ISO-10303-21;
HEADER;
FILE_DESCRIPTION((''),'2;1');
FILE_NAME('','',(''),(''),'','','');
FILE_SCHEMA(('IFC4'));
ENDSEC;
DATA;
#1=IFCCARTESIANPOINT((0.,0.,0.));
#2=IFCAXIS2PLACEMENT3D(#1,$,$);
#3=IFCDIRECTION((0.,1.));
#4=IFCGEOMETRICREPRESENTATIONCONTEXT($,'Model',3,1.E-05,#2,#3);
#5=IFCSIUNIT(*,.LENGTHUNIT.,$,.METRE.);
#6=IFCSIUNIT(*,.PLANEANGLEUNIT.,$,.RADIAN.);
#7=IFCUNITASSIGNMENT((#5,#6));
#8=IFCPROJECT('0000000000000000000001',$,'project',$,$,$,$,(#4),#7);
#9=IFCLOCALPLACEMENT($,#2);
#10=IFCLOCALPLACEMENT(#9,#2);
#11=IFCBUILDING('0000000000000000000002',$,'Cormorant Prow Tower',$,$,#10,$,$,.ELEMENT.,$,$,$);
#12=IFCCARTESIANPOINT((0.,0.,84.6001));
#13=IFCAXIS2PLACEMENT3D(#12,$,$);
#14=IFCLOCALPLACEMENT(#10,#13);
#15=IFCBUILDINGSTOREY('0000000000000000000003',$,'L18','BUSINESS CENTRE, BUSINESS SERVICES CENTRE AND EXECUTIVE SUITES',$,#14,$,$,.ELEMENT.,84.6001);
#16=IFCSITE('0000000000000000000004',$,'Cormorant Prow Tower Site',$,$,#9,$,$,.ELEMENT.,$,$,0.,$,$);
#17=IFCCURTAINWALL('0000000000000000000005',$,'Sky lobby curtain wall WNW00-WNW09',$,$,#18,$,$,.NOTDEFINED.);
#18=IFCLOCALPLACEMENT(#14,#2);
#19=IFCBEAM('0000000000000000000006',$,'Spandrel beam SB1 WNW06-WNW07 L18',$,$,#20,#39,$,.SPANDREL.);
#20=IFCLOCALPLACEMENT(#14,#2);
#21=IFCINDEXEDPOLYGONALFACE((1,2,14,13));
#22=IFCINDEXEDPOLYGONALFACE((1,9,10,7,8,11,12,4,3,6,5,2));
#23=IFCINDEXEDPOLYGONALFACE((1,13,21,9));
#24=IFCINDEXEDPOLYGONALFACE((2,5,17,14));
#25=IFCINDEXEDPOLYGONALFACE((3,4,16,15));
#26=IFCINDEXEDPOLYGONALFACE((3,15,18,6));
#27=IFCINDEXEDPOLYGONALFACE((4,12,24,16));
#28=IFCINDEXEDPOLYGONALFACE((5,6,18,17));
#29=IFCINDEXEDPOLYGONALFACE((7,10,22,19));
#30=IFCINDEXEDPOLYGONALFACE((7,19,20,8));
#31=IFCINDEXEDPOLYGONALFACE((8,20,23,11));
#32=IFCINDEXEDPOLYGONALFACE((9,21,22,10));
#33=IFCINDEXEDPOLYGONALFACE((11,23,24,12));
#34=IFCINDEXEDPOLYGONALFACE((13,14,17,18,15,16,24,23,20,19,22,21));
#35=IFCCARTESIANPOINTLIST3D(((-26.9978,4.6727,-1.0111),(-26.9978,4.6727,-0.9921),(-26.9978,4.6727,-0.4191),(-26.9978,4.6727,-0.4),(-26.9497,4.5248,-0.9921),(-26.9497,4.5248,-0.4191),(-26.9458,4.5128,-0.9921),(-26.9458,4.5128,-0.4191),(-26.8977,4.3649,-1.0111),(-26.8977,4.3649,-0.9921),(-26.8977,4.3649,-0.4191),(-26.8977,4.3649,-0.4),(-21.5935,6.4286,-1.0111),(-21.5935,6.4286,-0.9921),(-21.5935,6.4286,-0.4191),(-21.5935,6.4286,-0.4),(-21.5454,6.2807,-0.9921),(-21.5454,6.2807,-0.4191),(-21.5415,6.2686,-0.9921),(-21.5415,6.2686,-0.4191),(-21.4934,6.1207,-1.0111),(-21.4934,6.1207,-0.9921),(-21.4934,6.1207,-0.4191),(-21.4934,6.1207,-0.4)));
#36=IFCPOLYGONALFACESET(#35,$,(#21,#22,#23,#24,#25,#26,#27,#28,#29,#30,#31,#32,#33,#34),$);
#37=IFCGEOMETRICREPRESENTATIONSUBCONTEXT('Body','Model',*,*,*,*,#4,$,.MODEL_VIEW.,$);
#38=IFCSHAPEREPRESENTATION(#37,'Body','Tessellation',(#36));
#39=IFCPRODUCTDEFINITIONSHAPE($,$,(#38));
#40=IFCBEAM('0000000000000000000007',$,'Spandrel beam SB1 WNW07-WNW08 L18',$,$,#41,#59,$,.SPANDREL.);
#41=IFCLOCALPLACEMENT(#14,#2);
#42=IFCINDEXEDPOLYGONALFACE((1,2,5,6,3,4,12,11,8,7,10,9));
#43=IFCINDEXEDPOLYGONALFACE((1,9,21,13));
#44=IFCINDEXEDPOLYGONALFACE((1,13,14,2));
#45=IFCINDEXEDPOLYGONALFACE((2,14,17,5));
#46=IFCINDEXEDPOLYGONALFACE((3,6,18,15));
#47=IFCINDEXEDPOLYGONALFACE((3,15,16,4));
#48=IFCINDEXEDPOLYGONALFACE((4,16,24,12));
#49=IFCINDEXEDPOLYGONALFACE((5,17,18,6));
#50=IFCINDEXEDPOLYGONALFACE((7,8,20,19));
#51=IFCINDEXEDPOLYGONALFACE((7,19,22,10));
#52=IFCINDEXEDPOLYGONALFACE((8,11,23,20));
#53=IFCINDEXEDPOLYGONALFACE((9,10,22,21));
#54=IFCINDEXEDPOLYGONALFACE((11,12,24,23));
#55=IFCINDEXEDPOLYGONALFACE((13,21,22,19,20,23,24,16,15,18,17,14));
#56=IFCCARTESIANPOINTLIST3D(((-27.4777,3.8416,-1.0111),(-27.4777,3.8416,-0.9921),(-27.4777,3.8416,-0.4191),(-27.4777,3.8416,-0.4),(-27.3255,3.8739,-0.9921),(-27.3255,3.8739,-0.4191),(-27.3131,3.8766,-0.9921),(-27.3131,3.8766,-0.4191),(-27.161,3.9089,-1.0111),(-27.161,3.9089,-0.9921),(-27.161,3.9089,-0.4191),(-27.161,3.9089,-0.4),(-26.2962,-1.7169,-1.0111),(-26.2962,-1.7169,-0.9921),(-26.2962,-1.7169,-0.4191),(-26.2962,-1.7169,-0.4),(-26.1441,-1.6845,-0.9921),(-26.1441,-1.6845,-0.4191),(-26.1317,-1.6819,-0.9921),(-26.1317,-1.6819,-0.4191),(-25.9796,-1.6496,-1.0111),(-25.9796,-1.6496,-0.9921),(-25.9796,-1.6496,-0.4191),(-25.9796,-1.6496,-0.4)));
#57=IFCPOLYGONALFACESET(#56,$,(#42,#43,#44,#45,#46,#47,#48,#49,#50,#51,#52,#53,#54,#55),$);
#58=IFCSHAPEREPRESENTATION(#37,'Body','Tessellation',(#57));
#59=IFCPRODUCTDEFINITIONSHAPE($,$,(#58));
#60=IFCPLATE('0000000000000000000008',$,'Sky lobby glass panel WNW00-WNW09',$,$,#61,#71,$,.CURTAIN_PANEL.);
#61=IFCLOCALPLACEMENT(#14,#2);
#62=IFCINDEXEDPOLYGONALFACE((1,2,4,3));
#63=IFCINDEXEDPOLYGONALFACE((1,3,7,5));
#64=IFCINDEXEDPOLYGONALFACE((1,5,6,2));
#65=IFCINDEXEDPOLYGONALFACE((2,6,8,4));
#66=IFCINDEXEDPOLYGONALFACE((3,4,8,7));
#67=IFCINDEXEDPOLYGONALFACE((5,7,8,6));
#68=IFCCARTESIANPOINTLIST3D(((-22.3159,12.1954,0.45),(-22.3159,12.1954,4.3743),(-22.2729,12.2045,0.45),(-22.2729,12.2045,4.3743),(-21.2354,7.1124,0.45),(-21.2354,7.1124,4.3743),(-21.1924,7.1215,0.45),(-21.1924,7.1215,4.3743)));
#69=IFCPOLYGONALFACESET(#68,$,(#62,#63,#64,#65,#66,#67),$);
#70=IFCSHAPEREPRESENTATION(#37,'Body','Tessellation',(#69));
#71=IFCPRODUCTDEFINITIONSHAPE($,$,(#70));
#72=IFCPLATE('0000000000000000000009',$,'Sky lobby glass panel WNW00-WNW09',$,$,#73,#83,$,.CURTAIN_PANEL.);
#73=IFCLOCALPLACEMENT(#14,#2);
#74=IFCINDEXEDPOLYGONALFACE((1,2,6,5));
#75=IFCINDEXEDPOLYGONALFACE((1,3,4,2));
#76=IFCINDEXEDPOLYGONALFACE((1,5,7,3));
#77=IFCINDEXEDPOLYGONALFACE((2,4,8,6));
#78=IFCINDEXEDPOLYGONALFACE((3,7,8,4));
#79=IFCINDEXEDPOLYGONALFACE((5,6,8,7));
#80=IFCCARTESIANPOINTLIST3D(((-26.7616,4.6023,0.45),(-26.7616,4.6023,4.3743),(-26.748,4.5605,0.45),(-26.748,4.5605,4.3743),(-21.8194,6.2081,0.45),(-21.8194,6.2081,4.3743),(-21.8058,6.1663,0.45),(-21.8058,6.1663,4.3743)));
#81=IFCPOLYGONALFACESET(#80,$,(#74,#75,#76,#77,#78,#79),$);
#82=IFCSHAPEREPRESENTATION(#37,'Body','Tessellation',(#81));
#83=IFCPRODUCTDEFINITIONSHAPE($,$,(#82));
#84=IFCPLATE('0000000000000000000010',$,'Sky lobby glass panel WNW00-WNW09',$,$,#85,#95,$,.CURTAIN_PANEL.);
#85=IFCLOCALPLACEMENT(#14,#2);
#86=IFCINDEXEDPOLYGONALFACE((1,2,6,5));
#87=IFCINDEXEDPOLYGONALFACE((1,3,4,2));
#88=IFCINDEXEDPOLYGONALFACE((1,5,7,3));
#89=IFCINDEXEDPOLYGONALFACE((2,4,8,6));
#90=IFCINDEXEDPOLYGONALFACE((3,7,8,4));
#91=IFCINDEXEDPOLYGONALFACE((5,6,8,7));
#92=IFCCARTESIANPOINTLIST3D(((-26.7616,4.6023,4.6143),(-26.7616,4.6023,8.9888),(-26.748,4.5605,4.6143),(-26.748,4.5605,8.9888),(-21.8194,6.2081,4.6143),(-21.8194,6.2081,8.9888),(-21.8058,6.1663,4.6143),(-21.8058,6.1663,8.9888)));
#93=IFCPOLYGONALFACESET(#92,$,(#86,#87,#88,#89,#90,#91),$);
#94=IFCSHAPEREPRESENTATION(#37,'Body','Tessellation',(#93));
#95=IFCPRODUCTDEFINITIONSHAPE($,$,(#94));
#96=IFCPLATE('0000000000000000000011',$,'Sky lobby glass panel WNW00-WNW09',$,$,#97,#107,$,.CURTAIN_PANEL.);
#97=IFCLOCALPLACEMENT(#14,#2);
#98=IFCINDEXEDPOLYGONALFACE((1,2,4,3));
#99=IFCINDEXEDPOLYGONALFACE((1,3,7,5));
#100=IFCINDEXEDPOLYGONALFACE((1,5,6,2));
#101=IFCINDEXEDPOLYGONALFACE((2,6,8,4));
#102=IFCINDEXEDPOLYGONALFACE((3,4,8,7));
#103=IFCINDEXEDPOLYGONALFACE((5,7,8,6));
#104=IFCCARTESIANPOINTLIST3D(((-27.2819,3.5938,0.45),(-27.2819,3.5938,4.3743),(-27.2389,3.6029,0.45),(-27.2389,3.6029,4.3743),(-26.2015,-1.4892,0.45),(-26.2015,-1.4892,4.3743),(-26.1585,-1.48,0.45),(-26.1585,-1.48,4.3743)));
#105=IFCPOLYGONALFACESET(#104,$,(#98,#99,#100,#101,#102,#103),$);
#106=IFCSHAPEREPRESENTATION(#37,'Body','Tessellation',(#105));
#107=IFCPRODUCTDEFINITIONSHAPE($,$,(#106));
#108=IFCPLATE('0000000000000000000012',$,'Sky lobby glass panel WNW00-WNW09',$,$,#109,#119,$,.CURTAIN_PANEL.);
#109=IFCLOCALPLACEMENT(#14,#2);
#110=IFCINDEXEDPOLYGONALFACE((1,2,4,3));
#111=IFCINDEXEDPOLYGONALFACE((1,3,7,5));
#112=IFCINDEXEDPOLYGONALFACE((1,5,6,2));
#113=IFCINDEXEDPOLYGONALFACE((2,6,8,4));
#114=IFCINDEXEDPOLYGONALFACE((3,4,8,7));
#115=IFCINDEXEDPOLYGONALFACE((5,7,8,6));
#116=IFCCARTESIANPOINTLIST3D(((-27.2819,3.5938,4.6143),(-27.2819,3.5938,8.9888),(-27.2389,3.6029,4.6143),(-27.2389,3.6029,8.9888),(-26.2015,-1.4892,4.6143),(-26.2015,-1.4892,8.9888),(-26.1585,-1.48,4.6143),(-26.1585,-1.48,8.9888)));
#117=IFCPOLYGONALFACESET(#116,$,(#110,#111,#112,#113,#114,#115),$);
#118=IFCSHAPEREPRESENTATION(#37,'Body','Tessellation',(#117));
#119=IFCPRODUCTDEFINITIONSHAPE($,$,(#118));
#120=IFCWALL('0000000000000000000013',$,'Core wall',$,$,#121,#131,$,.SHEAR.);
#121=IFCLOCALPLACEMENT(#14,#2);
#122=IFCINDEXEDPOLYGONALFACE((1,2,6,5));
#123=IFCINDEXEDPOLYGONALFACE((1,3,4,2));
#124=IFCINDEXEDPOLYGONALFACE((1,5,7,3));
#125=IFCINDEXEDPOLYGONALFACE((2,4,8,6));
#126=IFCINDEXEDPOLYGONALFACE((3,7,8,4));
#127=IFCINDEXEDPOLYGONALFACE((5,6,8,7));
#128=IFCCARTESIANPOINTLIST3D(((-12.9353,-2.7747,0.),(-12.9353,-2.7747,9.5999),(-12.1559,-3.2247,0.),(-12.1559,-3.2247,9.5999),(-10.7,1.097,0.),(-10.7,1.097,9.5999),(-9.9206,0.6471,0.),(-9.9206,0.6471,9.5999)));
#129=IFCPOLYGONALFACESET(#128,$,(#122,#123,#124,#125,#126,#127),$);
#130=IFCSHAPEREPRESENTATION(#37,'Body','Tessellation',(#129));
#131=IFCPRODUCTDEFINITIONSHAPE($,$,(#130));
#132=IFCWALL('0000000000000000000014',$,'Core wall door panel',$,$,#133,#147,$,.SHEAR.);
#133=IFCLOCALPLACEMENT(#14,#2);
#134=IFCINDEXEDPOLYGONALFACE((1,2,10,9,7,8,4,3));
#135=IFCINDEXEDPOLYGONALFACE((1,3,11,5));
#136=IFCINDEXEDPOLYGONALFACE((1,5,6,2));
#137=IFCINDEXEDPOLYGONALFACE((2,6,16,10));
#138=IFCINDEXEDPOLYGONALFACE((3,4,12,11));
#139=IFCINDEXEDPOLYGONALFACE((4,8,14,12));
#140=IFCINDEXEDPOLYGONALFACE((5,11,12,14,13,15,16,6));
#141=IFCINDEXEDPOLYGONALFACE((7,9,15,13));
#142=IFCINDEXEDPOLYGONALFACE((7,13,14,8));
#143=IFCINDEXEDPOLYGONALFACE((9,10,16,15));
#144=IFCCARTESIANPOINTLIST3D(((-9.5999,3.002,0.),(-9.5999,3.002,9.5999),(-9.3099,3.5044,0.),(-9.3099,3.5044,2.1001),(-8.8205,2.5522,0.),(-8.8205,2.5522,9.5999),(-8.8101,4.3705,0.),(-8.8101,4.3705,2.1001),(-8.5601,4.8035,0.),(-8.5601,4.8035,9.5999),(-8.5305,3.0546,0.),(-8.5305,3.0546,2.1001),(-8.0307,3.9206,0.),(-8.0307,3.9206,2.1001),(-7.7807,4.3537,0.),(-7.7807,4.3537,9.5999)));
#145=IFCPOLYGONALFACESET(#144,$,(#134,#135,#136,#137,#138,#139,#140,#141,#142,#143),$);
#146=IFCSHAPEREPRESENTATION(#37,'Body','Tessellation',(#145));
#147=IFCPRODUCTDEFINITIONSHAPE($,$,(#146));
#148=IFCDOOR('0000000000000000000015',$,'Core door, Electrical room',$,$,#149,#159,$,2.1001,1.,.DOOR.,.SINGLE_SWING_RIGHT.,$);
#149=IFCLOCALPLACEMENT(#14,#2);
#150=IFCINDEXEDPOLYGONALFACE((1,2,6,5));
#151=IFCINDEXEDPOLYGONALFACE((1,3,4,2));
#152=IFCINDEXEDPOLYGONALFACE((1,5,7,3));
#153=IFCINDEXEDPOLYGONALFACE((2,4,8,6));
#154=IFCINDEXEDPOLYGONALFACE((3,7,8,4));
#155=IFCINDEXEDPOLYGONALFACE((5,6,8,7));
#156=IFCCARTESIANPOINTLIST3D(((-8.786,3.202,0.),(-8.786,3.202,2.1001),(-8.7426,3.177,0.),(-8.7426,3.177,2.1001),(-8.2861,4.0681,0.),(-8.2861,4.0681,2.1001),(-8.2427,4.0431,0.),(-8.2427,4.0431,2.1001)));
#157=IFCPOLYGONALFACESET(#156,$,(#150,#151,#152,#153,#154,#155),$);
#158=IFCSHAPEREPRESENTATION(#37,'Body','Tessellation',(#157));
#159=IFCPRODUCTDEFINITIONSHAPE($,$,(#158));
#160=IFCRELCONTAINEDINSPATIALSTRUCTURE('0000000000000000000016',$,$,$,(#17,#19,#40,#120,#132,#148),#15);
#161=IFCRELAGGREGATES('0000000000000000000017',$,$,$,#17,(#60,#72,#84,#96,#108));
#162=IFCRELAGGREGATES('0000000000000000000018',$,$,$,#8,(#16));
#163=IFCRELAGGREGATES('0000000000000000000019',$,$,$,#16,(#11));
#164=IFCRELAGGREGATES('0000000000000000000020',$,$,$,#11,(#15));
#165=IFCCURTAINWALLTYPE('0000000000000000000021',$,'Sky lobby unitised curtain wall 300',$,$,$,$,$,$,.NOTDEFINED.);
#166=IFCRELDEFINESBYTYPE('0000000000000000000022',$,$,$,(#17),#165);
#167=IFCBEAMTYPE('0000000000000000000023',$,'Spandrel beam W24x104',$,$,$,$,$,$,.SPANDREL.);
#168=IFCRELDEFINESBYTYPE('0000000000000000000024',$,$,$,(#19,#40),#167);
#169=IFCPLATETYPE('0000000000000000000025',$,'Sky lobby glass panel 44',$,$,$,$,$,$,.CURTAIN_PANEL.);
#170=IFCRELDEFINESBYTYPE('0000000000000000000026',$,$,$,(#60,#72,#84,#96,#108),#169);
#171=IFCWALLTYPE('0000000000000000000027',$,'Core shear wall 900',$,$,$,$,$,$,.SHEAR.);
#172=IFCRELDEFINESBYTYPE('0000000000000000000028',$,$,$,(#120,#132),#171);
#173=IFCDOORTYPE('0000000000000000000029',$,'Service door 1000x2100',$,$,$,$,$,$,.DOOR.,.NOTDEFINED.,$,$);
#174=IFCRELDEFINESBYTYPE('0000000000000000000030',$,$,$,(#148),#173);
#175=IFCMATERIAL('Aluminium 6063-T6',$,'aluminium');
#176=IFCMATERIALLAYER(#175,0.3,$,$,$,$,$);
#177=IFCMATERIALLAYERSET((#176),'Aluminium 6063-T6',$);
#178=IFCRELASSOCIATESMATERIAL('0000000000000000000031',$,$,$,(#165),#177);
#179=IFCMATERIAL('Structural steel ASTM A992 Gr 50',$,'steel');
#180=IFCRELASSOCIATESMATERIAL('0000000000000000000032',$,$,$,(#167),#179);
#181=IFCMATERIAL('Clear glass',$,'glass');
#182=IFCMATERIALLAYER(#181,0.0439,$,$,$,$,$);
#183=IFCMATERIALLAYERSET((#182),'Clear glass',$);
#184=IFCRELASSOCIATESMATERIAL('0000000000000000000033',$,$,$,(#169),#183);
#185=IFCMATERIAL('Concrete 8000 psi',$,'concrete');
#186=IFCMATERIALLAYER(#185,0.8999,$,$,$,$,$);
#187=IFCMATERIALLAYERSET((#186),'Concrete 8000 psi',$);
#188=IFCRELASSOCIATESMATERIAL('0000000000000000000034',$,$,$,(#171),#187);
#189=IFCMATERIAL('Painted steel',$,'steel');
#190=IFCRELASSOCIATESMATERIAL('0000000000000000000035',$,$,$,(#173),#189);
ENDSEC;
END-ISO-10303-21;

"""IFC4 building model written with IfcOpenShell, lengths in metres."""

from ifc_helpers import new_model, si_unit, direction, frame, frame_2d, origin, origin_2d, place, context, subcontext, project, spatial, rectangle, i_section, extrude, material, layer, layer_set, material_profile, profile_set, type_object, element, fill, aggregate, save


model = new_model("IFC4")

# Units and contexts
model_context = context("Model", 3, precision=1e-05, world=origin(), true_north=direction((0.0, 1.0)))
body_context = subcontext(model_context, "Body", "Model", "MODEL_VIEW")
ifc_project = project(units=[si_unit("LENGTHUNIT", "METRE"), si_unit("PLANEANGLEUNIT", "RADIAN")], contexts=[model_context])

# Site, building, storey
site_placement = place(None, origin())
site = spatial("IfcSite", under=ifc_project, at=site_placement, Name="Cormorant Prow Tower Site", CompositionType="ELEMENT", RefElevation=0.0)
building_placement = place(site_placement, origin())
building = spatial("IfcBuilding", under=site, at=building_placement, Name="Cormorant Prow Tower", CompositionType="ELEMENT")
storey_placement = place(building_placement, frame((0.0, 0.0, 84.6001)))
storey = spatial("IfcBuildingStorey", under=building, at=storey_placement, Name="L18", Description="BUSINESS CENTRE, BUSINESS SERVICES CENTRE AND EXECUTIVE SUITES", CompositionType="ELEMENT", Elevation=84.6001)

# Curtain wall
ifc_material_1 = material(Name="Aluminium 6063-T6", Category="aluminium")
ifc_layer_1 = layer(ifc_material_1, 0.3)
ifc_layer_set_1 = layer_set([ifc_layer_1], Name="Aluminium 6063-T6")
curtain_wall_type = type_object("IfcCurtainWallType", Name="Sky lobby unitised curtain wall 300", PredefinedType="NOTDEFINED", material=ifc_layer_set_1)
curtain_wall_placement = place(storey_placement, origin())
curtain_wall = element("IfcCurtainWall", 1, at=curtain_wall_placement, inside=storey, type_object=curtain_wall_type, Name="Sky lobby curtain wall WNW00-WNW09", PredefinedType="NOTDEFINED")

# Beams
ifc_material_2 = material(Name="Structural steel ASTM A992 Gr 50", Category="steel")
ifc_material_profile_1 = material_profile(ifc_material_2, i_section(OverallWidth=0.3237, OverallDepth=0.6111, WebThickness=0.0127, FlangeThickness=0.019, at=origin_2d()), Name="W24x104")
ifc_profile_set_1 = profile_set([ifc_material_profile_1], Name="Structural steel ASTM A992 Gr 50")
beam_type_1 = type_object("IfcBeamType", Name="Spandrel beam W24x104", PredefinedType="SPANDREL", material=ifc_profile_set_1)
beam_1_placement = place(storey_placement, frame((-21.5435, 6.2747, -0.7056), z_axis=(-0.951062, -0.309001, 0.0), x_axis=(0.309001, -0.951062, 0.0)))
element("IfcBeam", 2, at=beam_1_placement, inside=storey, type_object=beam_type_1, Name="Spandrel beam SB1 WNW06-WNW07 L18", PredefinedType="SPANDREL", context=body_context, shape_type="SweptSolid", body=[
    extrude(i_section(OverallWidth=0.3237, OverallDepth=0.6111, WebThickness=0.0127, FlangeThickness=0.019, at=origin_2d()), origin(), (0.0, 0.0, 1.0), 5.6824),
])
beam_2_placement = place(storey_placement, frame((-27.3193, 3.8752, -0.7056), z_axis=(0.2079, -0.97815, 0.0), x_axis=(0.97815, 0.2079, 0.0)))
element("IfcBeam", 3, at=beam_2_placement, inside=storey, type_object=beam_type_1, Name="Spandrel beam SB1 WNW07-WNW08 L18", PredefinedType="SPANDREL", context=body_context, shape_type="SweptSolid", body=[
    extrude(i_section(OverallWidth=0.3237, OverallDepth=0.6111, WebThickness=0.0127, FlangeThickness=0.019, at=origin_2d()), origin(), (0.0, 0.0, 1.0), 5.6826),
])

# Plates
ifc_material_3 = material(Name="Clear glass", Category="glass")
ifc_layer_2 = layer(ifc_material_3, 0.0439)
ifc_layer_set_2 = layer_set([ifc_layer_2], Name="Clear glass")
plate_type = type_object("IfcPlateType", Name="Sky lobby glass panel 44", PredefinedType="CURTAIN_PANEL", material=ifc_layer_set_2)
plate_1_placement = place(storey_placement, frame((-21.7542, 9.6584, 0.45), z_axis=(0.0, 0.0, 1.0), x_axis=(0.207912, -0.978148, 0.0)))
plate_1 = element("IfcPlate", 4, at=plate_1_placement, type_object=plate_type, Name="Sky lobby glass panel WNW00-WNW09", PredefinedType="CURTAIN_PANEL", context=body_context, shape_type="SweptSolid", body=[
    extrude(rectangle(XDim=5.1965, YDim=0.0439, at=origin_2d()), origin(), (0.0, 0.0, 1.0), 3.9243),
])
plate_2_placement = place(storey_placement, frame((-24.2837, 5.3843, 0.45), z_axis=(0.0, 0.0, 1.0), x_axis=(-0.951057, -0.309017, 0.0)))
plate_2 = element("IfcPlate", 5, at=plate_2_placement, type_object=plate_type, Name="Sky lobby glass panel WNW00-WNW09", PredefinedType="CURTAIN_PANEL", context=body_context, shape_type="SweptSolid", body=[
    extrude(rectangle(XDim=5.1965, YDim=0.0439, at=origin_2d()), origin(), (0.0, 0.0, 1.0), 3.9243),
])
plate_3_placement = place(storey_placement, frame((-24.2837, 5.3843, 4.6143), z_axis=(0.0, 0.0, 1.0), x_axis=(-0.951057, -0.309017, 0.0)))
plate_3 = element("IfcPlate", 6, at=plate_3_placement, type_object=plate_type, Name="Sky lobby glass panel WNW00-WNW09", PredefinedType="CURTAIN_PANEL", context=body_context, shape_type="SweptSolid", body=[
    extrude(rectangle(XDim=5.1965, YDim=0.0439, at=origin_2d()), origin(), (0.0, 0.0, 1.0), 4.3745),
])
plate_4_placement = place(storey_placement, frame((-26.7202, 1.0569, 0.45), z_axis=(0.0, 0.0, 1.0), x_axis=(0.207912, -0.978148, 0.0)))
plate_4 = element("IfcPlate", 7, at=plate_4_placement, type_object=plate_type, Name="Sky lobby glass panel WNW00-WNW09", PredefinedType="CURTAIN_PANEL", context=body_context, shape_type="SweptSolid", body=[
    extrude(rectangle(XDim=5.1965, YDim=0.0439, at=origin_2d()), origin(), (0.0, 0.0, 1.0), 3.9243),
])
plate_5_placement = place(storey_placement, frame((-26.7202, 1.0569, 4.6143), z_axis=(0.0, 0.0, 1.0), x_axis=(0.207912, -0.978148, 0.0)))
plate_5 = element("IfcPlate", 8, at=plate_5_placement, type_object=plate_type, Name="Sky lobby glass panel WNW00-WNW09", PredefinedType="CURTAIN_PANEL", context=body_context, shape_type="SweptSolid", body=[
    extrude(rectangle(XDim=5.1965, YDim=0.0439, at=origin_2d()), origin(), (0.0, 0.0, 1.0), 4.3745),
])
aggregate(curtain_wall, [plate_1, plate_2, plate_3, plate_4, plate_5])

# Wall
ifc_material_4 = material(Name="Concrete 8000 psi", Category="concrete")
ifc_layer_3 = layer(ifc_material_4, 0.8999)
ifc_layer_set_3 = layer_set([ifc_layer_3], Name="Concrete 8000 psi")
wall_type_1 = type_object("IfcWallType", Name="Core shear wall 900", PredefinedType="SHEAR", material=ifc_layer_set_3)
wall_1_placement = place(storey_placement, frame((-10.3103, 0.8721, 0.0), z_axis=(0.0, 0.0, 1.0), x_axis=(-0.499992, -0.86603, 0.0)))
element("IfcWall", 9, at=wall_1_placement, inside=storey, type_object=wall_type_1, Name="Core wall", PredefinedType="SHEAR", context=body_context, shape_type="SweptSolid", body=[
    extrude(rectangle(XDim=4.4707, YDim=0.8999, at=frame_2d((2.2354, 0.0))), origin(), (0.0, 0.0, 1.0), 9.5999),
])

# Wall, opening, door
wall_2_placement = place(storey_placement, frame((-8.1704, 4.5786, 0.0), z_axis=(0.0, 0.0, 1.0), x_axis=(-0.499888, -0.86609, 0.0)))
wall_2 = element("IfcWall", 10, at=wall_2_placement, inside=storey, type_object=wall_type_1, Name="Core wall door panel", PredefinedType="SHEAR", context=body_context, shape_type="SweptSolid", body=[
    extrude(rectangle(XDim=2.0801, YDim=0.8999, at=frame_2d((1.04, 0.0))), origin(), (0.0, 0.0, 1.0), 9.5999),
])
opening_1_placement = place(wall_2_placement, frame((0.5, 0.0, 0.0)))
opening_1 = element("IfcOpeningElement", 11, at=opening_1_placement, cuts=wall_2, PredefinedType="OPENING", context=body_context, shape_type="SweptSolid", body=[
    extrude(rectangle(XDim=1.0, YDim=2.1001, at=frame_2d((0.5, 1.05))), frame((0.0, 0.46, 0.0), z_axis=(0.0, -1.0, 0.0), x_axis=(1.0, 0.0, 0.0)), (0.0, 0.0, 1.0), 0.9199),
])
ifc_material_5 = material(Name="Painted steel", Category="steel")
door_type_1 = type_object("IfcDoorType", Name="Service door 1000x2100", OperationType="NOTDEFINED", PredefinedType="DOOR", material=ifc_material_5)
door_1_placement = place(opening_1_placement, origin())
door_1 = element("IfcDoor", 12, at=door_1_placement, inside=storey, type_object=door_type_1, Name="Core door, Electrical room", OperationType="SINGLE_SWING_RIGHT", OverallHeight=2.1001, OverallWidth=1.0, PredefinedType="DOOR", context=body_context, shape_type="SweptSolid", body=[
    extrude(rectangle(XDim=1.0, YDim=2.1001, at=frame_2d((0.5, 1.05))), frame((0.0, 0.2051, 0.0), z_axis=(0.0, -1.0, 0.0), x_axis=(1.0, 0.0, 0.0)), (0.0, 0.0, 1.0), 0.05),
])
fill(opening_1, door_1)

save(model, "model.ifc")
